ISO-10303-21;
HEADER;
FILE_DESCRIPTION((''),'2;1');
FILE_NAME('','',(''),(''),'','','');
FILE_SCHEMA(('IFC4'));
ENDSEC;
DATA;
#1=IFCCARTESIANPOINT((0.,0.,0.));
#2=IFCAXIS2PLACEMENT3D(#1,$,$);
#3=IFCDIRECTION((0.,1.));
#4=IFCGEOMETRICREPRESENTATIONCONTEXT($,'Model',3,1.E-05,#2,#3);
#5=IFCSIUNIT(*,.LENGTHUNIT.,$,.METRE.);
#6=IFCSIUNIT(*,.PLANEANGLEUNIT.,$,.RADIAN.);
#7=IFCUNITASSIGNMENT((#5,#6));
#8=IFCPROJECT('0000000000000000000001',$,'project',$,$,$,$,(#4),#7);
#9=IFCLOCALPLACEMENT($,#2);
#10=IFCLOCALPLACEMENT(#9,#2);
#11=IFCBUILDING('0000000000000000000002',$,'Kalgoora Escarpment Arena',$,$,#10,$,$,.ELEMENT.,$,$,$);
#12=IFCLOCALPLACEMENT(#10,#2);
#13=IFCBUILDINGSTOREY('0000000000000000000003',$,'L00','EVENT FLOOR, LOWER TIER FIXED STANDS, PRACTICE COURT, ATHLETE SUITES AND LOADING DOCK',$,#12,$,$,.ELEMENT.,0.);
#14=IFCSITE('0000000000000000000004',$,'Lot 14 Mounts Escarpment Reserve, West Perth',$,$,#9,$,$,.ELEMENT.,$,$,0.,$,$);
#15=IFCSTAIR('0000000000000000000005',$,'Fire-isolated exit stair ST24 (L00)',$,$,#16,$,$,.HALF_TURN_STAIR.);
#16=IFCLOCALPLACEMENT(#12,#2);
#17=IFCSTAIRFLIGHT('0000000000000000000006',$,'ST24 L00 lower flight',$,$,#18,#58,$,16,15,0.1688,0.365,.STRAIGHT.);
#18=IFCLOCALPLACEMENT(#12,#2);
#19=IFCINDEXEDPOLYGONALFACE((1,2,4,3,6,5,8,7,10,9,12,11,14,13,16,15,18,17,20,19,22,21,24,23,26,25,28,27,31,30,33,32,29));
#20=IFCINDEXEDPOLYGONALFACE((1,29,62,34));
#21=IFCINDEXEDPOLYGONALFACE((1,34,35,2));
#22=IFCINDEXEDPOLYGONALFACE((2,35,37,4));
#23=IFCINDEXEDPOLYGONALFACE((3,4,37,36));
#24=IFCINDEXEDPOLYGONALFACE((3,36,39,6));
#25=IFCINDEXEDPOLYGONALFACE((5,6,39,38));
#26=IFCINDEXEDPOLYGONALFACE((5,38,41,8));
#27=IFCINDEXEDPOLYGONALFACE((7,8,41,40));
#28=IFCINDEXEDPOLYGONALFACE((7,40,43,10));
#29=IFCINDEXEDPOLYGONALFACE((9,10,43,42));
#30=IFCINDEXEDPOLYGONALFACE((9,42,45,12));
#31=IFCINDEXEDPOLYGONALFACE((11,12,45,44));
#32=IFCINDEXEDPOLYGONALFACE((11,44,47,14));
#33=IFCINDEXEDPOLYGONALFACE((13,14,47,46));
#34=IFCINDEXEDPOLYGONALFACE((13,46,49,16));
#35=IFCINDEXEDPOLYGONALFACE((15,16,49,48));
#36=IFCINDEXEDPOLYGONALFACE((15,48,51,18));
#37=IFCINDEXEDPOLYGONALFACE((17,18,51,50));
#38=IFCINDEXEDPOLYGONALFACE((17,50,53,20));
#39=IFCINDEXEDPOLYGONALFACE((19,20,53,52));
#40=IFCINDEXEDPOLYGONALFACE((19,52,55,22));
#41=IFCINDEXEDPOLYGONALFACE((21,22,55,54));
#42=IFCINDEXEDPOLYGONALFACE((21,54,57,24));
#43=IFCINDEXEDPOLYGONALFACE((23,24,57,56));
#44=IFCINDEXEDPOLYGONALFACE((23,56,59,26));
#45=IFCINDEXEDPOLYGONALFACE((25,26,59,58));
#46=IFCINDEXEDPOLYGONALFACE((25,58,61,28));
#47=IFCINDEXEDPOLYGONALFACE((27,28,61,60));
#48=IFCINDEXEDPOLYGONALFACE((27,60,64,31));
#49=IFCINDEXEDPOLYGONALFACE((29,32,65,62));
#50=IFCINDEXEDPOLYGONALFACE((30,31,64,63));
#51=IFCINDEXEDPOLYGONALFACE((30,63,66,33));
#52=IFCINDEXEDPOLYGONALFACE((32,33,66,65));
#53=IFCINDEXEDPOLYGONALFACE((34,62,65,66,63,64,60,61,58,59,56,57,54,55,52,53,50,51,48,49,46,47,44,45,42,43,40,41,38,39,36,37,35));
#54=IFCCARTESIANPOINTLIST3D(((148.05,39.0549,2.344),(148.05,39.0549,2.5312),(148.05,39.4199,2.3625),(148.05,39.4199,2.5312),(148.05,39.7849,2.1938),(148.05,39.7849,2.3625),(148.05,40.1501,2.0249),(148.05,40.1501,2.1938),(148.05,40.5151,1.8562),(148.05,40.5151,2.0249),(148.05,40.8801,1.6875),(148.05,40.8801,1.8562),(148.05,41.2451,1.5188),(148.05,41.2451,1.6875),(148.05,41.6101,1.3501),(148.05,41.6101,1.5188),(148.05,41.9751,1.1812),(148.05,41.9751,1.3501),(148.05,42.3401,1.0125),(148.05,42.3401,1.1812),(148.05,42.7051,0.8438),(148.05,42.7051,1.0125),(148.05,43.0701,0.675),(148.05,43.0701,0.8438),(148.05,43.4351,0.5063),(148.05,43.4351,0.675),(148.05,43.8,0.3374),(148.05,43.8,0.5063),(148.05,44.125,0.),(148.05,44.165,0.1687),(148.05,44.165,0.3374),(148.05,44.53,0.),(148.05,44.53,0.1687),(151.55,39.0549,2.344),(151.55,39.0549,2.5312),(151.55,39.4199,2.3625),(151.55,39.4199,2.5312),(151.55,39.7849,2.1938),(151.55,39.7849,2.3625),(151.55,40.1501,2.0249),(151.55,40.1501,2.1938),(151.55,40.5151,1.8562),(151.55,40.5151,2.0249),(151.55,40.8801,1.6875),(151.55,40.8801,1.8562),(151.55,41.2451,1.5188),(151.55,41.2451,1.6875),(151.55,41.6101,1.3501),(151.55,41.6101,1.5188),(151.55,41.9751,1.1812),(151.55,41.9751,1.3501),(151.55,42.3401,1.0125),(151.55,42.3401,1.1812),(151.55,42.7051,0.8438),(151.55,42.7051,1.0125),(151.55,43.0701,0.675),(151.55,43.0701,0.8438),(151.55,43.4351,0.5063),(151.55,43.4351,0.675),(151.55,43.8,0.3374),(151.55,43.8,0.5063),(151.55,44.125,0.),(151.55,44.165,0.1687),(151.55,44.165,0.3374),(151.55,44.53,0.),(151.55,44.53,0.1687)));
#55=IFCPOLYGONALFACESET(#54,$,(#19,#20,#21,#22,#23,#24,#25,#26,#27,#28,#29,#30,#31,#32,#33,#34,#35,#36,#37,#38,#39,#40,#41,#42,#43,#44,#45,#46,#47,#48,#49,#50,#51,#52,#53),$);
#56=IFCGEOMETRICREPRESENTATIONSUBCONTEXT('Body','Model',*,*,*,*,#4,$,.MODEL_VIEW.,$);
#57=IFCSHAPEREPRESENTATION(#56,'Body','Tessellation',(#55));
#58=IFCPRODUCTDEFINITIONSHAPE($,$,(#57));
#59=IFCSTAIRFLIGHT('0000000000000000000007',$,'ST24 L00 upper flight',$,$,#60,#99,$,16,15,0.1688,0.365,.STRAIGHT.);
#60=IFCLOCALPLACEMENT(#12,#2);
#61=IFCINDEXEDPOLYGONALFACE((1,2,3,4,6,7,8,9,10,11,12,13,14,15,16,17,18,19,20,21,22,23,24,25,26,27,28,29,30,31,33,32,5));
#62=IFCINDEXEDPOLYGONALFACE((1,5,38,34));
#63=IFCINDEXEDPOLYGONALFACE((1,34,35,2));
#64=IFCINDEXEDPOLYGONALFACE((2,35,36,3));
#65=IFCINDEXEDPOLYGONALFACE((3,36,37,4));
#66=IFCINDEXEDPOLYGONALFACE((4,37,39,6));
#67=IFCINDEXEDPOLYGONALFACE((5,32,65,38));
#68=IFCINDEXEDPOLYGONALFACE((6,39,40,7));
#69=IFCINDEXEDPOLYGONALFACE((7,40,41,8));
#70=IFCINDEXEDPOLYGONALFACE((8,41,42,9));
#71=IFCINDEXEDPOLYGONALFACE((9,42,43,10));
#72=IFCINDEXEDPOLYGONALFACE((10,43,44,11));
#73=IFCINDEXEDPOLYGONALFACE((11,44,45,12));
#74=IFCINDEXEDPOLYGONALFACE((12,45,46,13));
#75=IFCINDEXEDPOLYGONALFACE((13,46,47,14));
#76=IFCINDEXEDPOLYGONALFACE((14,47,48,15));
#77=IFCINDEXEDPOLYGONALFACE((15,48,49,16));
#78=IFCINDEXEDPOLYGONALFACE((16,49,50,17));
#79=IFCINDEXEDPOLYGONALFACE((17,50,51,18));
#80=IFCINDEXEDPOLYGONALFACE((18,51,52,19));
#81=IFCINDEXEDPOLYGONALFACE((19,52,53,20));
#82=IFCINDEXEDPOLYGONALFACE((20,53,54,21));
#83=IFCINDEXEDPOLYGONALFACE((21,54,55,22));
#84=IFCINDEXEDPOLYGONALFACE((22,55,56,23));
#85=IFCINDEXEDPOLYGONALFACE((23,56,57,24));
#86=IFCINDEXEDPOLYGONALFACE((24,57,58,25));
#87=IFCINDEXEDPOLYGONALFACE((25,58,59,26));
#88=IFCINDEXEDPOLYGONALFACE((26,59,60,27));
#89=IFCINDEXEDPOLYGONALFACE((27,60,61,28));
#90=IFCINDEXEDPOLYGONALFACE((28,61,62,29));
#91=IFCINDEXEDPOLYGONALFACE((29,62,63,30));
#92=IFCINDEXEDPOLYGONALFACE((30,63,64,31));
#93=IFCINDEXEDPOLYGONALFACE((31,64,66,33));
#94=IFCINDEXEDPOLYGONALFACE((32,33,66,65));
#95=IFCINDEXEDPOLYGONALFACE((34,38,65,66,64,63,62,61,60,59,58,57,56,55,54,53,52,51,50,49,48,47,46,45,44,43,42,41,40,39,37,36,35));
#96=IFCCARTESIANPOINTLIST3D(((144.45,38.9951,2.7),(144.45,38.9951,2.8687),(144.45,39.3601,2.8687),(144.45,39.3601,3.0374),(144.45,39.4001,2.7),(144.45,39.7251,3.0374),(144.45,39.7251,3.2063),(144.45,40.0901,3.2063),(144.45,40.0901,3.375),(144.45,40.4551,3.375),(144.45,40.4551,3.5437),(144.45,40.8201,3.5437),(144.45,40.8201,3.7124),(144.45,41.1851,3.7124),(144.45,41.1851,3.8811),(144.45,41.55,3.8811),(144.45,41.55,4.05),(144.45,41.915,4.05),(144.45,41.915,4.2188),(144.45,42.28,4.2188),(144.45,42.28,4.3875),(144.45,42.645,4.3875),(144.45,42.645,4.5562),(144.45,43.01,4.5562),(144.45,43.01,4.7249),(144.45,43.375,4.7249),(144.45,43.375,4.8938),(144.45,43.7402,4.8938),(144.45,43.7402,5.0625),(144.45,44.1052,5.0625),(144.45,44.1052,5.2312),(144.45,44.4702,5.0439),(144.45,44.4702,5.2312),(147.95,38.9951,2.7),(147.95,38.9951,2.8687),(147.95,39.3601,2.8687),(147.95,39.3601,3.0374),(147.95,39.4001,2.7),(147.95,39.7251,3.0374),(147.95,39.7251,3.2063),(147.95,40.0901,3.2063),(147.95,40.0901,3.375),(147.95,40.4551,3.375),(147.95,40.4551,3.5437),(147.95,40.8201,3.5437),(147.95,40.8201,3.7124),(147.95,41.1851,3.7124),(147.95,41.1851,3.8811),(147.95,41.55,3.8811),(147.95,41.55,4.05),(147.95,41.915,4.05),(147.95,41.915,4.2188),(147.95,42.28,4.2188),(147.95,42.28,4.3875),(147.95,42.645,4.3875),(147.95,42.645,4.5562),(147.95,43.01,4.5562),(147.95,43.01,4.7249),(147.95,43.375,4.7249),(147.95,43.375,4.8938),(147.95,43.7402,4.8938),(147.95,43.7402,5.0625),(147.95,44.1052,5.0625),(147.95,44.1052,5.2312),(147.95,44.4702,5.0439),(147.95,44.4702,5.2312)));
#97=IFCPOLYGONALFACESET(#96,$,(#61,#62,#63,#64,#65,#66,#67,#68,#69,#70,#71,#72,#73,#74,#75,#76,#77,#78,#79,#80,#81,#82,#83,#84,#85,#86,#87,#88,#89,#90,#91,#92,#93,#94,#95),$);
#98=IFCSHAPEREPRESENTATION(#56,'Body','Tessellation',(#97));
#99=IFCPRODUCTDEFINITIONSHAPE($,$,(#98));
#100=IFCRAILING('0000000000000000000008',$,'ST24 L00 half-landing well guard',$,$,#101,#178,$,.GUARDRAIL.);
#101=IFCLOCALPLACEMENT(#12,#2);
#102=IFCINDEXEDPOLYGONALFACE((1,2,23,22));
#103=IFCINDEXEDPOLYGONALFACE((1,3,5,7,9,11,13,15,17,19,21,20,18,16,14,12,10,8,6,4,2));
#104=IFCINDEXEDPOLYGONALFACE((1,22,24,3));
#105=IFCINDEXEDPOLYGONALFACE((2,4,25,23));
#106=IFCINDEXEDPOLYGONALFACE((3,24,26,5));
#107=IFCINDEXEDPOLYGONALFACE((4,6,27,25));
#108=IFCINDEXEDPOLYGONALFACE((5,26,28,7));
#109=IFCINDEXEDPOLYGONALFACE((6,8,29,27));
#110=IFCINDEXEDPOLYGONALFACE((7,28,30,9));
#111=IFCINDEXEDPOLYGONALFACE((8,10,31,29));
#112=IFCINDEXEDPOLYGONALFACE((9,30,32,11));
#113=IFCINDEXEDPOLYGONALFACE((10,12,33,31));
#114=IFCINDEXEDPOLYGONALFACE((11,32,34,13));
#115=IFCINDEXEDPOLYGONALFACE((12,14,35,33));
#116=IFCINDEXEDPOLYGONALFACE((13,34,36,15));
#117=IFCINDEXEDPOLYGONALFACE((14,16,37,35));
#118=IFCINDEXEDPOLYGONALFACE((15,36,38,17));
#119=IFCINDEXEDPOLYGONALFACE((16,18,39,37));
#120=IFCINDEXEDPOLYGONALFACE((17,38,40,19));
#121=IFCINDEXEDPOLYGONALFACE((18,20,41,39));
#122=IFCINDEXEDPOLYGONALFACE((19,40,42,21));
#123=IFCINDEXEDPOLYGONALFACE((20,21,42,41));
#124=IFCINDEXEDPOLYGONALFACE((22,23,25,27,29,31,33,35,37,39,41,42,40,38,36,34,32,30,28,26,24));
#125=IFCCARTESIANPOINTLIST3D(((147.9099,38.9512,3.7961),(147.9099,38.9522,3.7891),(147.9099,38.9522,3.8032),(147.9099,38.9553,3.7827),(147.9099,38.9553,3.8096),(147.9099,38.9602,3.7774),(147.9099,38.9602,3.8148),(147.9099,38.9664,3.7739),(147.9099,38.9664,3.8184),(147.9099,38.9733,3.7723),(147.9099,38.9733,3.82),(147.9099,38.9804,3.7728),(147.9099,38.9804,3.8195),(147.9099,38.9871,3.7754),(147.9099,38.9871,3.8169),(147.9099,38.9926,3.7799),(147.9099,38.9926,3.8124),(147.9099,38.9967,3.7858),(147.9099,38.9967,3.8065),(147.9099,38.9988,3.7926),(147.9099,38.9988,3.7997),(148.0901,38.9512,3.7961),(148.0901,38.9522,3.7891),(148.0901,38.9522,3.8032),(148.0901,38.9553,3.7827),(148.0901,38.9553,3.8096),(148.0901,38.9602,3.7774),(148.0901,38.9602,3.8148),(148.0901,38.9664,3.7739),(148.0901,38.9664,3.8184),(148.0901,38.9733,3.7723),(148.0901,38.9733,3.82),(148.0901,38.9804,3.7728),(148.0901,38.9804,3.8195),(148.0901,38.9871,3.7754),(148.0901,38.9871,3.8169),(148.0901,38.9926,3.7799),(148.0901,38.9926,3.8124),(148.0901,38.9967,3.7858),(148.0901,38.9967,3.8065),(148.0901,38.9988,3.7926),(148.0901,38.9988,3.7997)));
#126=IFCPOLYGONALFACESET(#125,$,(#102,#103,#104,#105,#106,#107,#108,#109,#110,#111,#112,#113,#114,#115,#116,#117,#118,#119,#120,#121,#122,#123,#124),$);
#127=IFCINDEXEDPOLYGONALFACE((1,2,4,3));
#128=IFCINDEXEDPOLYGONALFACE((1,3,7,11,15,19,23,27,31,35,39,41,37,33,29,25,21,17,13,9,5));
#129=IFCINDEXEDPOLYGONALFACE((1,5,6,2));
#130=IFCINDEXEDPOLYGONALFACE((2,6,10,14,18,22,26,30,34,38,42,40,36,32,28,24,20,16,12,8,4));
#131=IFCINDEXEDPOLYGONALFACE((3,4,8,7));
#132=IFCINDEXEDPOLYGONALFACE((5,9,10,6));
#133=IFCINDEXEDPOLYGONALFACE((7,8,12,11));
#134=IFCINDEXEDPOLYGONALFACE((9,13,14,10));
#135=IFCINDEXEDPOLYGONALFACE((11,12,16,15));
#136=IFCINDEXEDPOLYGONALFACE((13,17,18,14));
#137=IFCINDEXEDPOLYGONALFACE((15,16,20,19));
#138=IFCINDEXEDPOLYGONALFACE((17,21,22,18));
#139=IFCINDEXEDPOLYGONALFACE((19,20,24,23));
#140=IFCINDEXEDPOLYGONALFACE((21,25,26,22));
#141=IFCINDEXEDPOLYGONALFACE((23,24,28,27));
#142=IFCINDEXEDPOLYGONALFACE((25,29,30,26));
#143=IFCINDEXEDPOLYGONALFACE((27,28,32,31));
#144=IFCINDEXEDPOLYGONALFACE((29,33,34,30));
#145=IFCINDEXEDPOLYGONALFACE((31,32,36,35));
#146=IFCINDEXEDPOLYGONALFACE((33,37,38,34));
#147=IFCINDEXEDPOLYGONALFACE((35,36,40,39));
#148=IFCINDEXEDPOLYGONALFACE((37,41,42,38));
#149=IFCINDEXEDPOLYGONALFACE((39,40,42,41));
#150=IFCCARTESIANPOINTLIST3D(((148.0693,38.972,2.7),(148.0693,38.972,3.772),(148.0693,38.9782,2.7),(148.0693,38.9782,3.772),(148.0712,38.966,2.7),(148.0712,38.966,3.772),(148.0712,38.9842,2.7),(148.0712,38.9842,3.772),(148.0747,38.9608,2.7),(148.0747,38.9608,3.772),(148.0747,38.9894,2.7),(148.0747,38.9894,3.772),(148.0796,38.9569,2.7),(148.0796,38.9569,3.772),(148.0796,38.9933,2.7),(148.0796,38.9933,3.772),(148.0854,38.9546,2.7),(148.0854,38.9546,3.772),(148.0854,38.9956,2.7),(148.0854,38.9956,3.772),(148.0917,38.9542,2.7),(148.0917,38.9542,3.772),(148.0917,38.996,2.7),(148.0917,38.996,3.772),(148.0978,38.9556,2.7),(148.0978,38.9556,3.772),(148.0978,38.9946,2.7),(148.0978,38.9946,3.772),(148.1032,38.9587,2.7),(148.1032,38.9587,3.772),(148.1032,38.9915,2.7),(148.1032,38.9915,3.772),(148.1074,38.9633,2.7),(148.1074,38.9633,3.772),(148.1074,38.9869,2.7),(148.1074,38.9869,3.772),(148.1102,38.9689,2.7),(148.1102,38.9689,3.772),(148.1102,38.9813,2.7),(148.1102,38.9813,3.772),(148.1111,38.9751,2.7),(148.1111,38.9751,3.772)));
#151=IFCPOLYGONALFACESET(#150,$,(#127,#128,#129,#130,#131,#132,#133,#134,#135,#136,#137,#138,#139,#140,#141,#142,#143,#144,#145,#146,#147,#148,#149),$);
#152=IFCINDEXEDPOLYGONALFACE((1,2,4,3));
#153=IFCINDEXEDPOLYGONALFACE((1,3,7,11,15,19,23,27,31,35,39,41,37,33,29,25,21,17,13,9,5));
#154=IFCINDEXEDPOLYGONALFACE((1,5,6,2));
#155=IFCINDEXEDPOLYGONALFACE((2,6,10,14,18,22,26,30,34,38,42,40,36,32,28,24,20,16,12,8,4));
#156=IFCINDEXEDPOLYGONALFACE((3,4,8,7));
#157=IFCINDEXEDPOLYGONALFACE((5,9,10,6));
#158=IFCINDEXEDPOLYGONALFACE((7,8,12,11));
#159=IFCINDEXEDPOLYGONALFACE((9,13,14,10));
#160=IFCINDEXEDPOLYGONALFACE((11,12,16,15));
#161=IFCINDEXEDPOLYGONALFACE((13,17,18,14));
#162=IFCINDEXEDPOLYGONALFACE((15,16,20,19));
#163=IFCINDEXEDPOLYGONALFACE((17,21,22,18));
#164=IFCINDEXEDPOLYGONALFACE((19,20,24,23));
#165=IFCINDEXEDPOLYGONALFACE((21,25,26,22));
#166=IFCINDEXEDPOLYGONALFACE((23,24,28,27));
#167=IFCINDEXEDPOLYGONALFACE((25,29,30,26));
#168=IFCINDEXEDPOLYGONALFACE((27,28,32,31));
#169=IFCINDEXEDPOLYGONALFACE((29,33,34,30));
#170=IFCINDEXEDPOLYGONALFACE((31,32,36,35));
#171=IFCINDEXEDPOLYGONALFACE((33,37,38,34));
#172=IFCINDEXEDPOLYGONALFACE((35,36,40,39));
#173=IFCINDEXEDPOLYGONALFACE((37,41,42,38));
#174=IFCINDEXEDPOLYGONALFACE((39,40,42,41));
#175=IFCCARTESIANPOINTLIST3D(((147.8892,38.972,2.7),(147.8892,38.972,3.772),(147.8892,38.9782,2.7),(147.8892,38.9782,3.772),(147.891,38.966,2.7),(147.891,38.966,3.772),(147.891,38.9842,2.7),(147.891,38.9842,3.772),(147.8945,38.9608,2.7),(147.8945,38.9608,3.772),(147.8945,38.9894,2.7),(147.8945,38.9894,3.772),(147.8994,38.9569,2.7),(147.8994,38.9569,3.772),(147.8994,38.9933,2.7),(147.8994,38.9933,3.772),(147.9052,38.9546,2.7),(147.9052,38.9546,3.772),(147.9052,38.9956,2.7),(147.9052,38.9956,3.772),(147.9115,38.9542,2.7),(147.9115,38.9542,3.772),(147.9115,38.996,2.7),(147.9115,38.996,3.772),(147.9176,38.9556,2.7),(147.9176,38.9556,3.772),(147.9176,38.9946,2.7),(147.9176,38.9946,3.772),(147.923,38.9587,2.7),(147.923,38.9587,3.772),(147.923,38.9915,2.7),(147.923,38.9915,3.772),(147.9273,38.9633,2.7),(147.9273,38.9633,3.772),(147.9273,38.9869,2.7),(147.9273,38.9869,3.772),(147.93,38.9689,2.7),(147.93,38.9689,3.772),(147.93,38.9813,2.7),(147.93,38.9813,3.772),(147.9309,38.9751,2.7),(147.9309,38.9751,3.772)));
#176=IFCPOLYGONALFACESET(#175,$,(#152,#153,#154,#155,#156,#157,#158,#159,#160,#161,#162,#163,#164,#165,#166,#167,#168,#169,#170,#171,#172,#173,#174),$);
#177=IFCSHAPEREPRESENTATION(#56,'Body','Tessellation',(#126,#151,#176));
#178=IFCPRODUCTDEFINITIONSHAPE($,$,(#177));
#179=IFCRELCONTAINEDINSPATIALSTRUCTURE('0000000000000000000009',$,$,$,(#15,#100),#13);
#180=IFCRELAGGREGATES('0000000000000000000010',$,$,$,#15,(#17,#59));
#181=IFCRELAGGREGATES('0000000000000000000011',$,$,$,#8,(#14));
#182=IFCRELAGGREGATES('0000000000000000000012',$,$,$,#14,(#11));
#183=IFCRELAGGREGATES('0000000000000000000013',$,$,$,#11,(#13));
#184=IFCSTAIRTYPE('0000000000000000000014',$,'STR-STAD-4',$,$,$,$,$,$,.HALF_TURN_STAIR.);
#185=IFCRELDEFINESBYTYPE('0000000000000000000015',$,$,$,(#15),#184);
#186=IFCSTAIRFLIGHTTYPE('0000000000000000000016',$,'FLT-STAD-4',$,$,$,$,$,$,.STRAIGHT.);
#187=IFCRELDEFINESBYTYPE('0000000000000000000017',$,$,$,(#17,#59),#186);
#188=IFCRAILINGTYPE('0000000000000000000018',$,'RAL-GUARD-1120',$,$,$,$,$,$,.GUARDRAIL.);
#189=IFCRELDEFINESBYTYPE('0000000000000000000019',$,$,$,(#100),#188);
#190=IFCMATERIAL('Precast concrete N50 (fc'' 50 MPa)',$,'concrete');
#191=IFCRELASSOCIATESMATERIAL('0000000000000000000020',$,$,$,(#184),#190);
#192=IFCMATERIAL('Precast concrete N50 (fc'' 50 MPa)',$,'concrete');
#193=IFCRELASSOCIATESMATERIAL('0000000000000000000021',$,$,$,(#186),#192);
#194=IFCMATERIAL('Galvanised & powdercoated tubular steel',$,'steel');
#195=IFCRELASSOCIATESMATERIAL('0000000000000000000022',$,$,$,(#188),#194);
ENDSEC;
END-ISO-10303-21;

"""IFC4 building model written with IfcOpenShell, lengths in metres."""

from ifc_helpers import new_model, si_unit, direction, frame, origin, origin_2d, place, context, subcontext, project, spatial, polyline, circle, outline, extrude, material, type_object, element, aggregate, save


model = new_model("IFC4")

# Units and contexts
model_context = context("Model", 3, precision=1e-05, world=origin(), true_north=direction((0.0, 1.0)))
body_context = subcontext(model_context, "Body", "Model", "MODEL_VIEW")
ifc_project = project(units=[si_unit("LENGTHUNIT", "METRE"), si_unit("PLANEANGLEUNIT", "RADIAN")], contexts=[model_context])

# Site, building, storey
site_placement = place(None, origin())
site = spatial("IfcSite", under=ifc_project, at=site_placement, Name="Lot 14 Mounts Escarpment Reserve, West Perth", CompositionType="ELEMENT", RefElevation=0.0)
building_placement = place(site_placement, origin())
building = spatial("IfcBuilding", under=site, at=building_placement, Name="Kalgoora Escarpment Arena", CompositionType="ELEMENT")
storey_placement = place(building_placement, origin())
storey = spatial("IfcBuildingStorey", under=building, at=storey_placement, Name="L00", Description="EVENT FLOOR, LOWER TIER FIXED STANDS, PRACTICE COURT, ATHLETE SUITES AND LOADING DOCK", CompositionType="ELEMENT", Elevation=0.0)

# Stair, stair flights
ifc_material_1 = material(Name="Precast concrete N50 (fc' 50 MPa)", Category="concrete")
stair_type_1 = type_object("IfcStairType", Name="STR-STAD-4", PredefinedType="HALF_TURN_STAIR", material=ifc_material_1)
stair_1_placement = place(storey_placement, origin())
stair_1 = element("IfcStair", 1, at=stair_1_placement, inside=storey, type_object=stair_type_1, Name="Fire-isolated exit stair ST24 (L00)", PredefinedType="HALF_TURN_STAIR")
ifc_material_2 = material(Name="Precast concrete N50 (fc' 50 MPa)", Category="concrete")
stair_flight_type_1 = type_object("IfcStairFlightType", Name="FLT-STAD-4", PredefinedType="STRAIGHT", material=ifc_material_2)
stair_flight_1_placement = place(storey_placement, frame((149.8, 44.53, 0.0), z_axis=(0.0, 0.0, 1.0), x_axis=(0.0, -1.0, 0.0)))
stair_flight_1 = element("IfcStairFlight", 2, at=stair_flight_1_placement, type_object=stair_flight_type_1, Name="ST24 L00 lower flight", NumberOfRisers=16, NumberOfTreads=15, PredefinedType="STRAIGHT", RiserHeight=0.1688, TreadLength=0.365, context=body_context, shape_type="SweptSolid", body=[
    extrude(outline(polyline([(0.0, 0.0), (0.0, 0.1687), (0.365, 0.1687), (0.365, 0.3374), (0.73, 0.3374), (0.73, 0.5063), (1.095, 0.5063), (1.095, 0.675), (1.46, 0.675), (1.46, 0.8438), (1.825, 0.8438), (1.825, 1.0125), (2.1899, 1.0125), (2.1899, 1.1812), (2.5549, 1.1812), (2.5549, 1.3501), (2.9199, 1.3501), (2.9199, 1.5188), (3.2849, 1.5188), (3.2849, 1.6875), (3.6499, 1.6875), (3.6499, 1.8562), (4.0149, 1.8562), (4.0149, 2.0249), (4.3799, 2.0249), (4.3799, 2.1938), (4.7451, 2.1938), (4.7451, 2.3625), (5.1101, 2.3625), (5.1101, 2.5312), (5.4751, 2.5312), (5.4751, 2.7), (5.4751, 2.344), (0.405, 0.0), (0.0, 0.0)])), frame((0.0, 1.75, 0.0), z_axis=(0.0, -1.0, 0.0), x_axis=(1.0, 0.0, 0.0)), (0.0, 0.0, 1.0), 3.5),
])
stair_flight_2_placement = place(storey_placement, frame((146.2, 38.9951, 2.7), z_axis=(0.0, 0.0, 1.0), x_axis=(0.0, 1.0, 0.0)))
stair_flight_2 = element("IfcStairFlight", 3, at=stair_flight_2_placement, type_object=stair_flight_type_1, Name="ST24 L00 upper flight", NumberOfRisers=16, NumberOfTreads=15, PredefinedType="STRAIGHT", RiserHeight=0.1688, TreadLength=0.365, context=body_context, shape_type="SweptSolid", body=[
    extrude(outline(polyline([(0.0, 0.0), (0.0, 0.1687), (0.365, 0.1687), (0.365, 0.3374), (0.73, 0.3374), (0.73, 0.5063), (1.095, 0.5063), (1.095, 0.675), (1.46, 0.675), (1.46, 0.8438), (1.825, 0.8438), (1.825, 1.0125), (2.1899, 1.0125), (2.1899, 1.1812), (2.5549, 1.1812), (2.5549, 1.3501), (2.9199, 1.3501), (2.9199, 1.5188), (3.2849, 1.5188), (3.2849, 1.6875), (3.6499, 1.6875), (3.6499, 1.8562), (4.0149, 1.8562), (4.0149, 2.0249), (4.3799, 2.0249), (4.3799, 2.1938), (4.7451, 2.1938), (4.7451, 2.3625), (5.1101, 2.3625), (5.1101, 2.5312), (5.4751, 2.5312), (5.4751, 2.7), (5.4751, 2.344), (0.405, 0.0), (0.0, 0.0)])), frame((0.0, 1.75, 0.0), z_axis=(0.0, -1.0, 0.0), x_axis=(1.0, 0.0, 0.0)), (0.0, 0.0, 1.0), 3.5),
])
aggregate(stair_1, [stair_flight_1, stair_flight_2])

# Railing
ifc_material_3 = material(Name="Galvanised & powdercoated tubular steel", Category="steel")
railing_type_1 = type_object("IfcRailingType", Name="RAL-GUARD-1120", PredefinedType="GUARDRAIL", material=ifc_material_3)
railing_placement = place(storey_placement, frame((148.0901, 38.9751, 2.7)))
element("IfcRailing", 4, at=railing_placement, inside=storey, type_object=railing_type_1, Name="ST24 L00 half-landing well guard", PredefinedType="GUARDRAIL", context=body_context, shape_type="SweptSolid", body=[
    extrude(circle(Radius=0.0239, at=origin_2d()), frame((0.0, 0.0, 1.0962), z_axis=(-1.0, 0.0, 0.0), x_axis=(0.0, -1.0, 0.0)), (0.0, 0.0, 1.0), 0.1802),
    extrude(circle(Radius=0.021, at=origin_2d()), origin(), (0.0, 0.0, 1.0), 1.072),
    extrude(circle(Radius=0.021, at=origin_2d()), frame((-0.1802, 0.0, 0.0)), (0.0, 0.0, 1.0), 1.072),
])

save(model, "model.ifc")
